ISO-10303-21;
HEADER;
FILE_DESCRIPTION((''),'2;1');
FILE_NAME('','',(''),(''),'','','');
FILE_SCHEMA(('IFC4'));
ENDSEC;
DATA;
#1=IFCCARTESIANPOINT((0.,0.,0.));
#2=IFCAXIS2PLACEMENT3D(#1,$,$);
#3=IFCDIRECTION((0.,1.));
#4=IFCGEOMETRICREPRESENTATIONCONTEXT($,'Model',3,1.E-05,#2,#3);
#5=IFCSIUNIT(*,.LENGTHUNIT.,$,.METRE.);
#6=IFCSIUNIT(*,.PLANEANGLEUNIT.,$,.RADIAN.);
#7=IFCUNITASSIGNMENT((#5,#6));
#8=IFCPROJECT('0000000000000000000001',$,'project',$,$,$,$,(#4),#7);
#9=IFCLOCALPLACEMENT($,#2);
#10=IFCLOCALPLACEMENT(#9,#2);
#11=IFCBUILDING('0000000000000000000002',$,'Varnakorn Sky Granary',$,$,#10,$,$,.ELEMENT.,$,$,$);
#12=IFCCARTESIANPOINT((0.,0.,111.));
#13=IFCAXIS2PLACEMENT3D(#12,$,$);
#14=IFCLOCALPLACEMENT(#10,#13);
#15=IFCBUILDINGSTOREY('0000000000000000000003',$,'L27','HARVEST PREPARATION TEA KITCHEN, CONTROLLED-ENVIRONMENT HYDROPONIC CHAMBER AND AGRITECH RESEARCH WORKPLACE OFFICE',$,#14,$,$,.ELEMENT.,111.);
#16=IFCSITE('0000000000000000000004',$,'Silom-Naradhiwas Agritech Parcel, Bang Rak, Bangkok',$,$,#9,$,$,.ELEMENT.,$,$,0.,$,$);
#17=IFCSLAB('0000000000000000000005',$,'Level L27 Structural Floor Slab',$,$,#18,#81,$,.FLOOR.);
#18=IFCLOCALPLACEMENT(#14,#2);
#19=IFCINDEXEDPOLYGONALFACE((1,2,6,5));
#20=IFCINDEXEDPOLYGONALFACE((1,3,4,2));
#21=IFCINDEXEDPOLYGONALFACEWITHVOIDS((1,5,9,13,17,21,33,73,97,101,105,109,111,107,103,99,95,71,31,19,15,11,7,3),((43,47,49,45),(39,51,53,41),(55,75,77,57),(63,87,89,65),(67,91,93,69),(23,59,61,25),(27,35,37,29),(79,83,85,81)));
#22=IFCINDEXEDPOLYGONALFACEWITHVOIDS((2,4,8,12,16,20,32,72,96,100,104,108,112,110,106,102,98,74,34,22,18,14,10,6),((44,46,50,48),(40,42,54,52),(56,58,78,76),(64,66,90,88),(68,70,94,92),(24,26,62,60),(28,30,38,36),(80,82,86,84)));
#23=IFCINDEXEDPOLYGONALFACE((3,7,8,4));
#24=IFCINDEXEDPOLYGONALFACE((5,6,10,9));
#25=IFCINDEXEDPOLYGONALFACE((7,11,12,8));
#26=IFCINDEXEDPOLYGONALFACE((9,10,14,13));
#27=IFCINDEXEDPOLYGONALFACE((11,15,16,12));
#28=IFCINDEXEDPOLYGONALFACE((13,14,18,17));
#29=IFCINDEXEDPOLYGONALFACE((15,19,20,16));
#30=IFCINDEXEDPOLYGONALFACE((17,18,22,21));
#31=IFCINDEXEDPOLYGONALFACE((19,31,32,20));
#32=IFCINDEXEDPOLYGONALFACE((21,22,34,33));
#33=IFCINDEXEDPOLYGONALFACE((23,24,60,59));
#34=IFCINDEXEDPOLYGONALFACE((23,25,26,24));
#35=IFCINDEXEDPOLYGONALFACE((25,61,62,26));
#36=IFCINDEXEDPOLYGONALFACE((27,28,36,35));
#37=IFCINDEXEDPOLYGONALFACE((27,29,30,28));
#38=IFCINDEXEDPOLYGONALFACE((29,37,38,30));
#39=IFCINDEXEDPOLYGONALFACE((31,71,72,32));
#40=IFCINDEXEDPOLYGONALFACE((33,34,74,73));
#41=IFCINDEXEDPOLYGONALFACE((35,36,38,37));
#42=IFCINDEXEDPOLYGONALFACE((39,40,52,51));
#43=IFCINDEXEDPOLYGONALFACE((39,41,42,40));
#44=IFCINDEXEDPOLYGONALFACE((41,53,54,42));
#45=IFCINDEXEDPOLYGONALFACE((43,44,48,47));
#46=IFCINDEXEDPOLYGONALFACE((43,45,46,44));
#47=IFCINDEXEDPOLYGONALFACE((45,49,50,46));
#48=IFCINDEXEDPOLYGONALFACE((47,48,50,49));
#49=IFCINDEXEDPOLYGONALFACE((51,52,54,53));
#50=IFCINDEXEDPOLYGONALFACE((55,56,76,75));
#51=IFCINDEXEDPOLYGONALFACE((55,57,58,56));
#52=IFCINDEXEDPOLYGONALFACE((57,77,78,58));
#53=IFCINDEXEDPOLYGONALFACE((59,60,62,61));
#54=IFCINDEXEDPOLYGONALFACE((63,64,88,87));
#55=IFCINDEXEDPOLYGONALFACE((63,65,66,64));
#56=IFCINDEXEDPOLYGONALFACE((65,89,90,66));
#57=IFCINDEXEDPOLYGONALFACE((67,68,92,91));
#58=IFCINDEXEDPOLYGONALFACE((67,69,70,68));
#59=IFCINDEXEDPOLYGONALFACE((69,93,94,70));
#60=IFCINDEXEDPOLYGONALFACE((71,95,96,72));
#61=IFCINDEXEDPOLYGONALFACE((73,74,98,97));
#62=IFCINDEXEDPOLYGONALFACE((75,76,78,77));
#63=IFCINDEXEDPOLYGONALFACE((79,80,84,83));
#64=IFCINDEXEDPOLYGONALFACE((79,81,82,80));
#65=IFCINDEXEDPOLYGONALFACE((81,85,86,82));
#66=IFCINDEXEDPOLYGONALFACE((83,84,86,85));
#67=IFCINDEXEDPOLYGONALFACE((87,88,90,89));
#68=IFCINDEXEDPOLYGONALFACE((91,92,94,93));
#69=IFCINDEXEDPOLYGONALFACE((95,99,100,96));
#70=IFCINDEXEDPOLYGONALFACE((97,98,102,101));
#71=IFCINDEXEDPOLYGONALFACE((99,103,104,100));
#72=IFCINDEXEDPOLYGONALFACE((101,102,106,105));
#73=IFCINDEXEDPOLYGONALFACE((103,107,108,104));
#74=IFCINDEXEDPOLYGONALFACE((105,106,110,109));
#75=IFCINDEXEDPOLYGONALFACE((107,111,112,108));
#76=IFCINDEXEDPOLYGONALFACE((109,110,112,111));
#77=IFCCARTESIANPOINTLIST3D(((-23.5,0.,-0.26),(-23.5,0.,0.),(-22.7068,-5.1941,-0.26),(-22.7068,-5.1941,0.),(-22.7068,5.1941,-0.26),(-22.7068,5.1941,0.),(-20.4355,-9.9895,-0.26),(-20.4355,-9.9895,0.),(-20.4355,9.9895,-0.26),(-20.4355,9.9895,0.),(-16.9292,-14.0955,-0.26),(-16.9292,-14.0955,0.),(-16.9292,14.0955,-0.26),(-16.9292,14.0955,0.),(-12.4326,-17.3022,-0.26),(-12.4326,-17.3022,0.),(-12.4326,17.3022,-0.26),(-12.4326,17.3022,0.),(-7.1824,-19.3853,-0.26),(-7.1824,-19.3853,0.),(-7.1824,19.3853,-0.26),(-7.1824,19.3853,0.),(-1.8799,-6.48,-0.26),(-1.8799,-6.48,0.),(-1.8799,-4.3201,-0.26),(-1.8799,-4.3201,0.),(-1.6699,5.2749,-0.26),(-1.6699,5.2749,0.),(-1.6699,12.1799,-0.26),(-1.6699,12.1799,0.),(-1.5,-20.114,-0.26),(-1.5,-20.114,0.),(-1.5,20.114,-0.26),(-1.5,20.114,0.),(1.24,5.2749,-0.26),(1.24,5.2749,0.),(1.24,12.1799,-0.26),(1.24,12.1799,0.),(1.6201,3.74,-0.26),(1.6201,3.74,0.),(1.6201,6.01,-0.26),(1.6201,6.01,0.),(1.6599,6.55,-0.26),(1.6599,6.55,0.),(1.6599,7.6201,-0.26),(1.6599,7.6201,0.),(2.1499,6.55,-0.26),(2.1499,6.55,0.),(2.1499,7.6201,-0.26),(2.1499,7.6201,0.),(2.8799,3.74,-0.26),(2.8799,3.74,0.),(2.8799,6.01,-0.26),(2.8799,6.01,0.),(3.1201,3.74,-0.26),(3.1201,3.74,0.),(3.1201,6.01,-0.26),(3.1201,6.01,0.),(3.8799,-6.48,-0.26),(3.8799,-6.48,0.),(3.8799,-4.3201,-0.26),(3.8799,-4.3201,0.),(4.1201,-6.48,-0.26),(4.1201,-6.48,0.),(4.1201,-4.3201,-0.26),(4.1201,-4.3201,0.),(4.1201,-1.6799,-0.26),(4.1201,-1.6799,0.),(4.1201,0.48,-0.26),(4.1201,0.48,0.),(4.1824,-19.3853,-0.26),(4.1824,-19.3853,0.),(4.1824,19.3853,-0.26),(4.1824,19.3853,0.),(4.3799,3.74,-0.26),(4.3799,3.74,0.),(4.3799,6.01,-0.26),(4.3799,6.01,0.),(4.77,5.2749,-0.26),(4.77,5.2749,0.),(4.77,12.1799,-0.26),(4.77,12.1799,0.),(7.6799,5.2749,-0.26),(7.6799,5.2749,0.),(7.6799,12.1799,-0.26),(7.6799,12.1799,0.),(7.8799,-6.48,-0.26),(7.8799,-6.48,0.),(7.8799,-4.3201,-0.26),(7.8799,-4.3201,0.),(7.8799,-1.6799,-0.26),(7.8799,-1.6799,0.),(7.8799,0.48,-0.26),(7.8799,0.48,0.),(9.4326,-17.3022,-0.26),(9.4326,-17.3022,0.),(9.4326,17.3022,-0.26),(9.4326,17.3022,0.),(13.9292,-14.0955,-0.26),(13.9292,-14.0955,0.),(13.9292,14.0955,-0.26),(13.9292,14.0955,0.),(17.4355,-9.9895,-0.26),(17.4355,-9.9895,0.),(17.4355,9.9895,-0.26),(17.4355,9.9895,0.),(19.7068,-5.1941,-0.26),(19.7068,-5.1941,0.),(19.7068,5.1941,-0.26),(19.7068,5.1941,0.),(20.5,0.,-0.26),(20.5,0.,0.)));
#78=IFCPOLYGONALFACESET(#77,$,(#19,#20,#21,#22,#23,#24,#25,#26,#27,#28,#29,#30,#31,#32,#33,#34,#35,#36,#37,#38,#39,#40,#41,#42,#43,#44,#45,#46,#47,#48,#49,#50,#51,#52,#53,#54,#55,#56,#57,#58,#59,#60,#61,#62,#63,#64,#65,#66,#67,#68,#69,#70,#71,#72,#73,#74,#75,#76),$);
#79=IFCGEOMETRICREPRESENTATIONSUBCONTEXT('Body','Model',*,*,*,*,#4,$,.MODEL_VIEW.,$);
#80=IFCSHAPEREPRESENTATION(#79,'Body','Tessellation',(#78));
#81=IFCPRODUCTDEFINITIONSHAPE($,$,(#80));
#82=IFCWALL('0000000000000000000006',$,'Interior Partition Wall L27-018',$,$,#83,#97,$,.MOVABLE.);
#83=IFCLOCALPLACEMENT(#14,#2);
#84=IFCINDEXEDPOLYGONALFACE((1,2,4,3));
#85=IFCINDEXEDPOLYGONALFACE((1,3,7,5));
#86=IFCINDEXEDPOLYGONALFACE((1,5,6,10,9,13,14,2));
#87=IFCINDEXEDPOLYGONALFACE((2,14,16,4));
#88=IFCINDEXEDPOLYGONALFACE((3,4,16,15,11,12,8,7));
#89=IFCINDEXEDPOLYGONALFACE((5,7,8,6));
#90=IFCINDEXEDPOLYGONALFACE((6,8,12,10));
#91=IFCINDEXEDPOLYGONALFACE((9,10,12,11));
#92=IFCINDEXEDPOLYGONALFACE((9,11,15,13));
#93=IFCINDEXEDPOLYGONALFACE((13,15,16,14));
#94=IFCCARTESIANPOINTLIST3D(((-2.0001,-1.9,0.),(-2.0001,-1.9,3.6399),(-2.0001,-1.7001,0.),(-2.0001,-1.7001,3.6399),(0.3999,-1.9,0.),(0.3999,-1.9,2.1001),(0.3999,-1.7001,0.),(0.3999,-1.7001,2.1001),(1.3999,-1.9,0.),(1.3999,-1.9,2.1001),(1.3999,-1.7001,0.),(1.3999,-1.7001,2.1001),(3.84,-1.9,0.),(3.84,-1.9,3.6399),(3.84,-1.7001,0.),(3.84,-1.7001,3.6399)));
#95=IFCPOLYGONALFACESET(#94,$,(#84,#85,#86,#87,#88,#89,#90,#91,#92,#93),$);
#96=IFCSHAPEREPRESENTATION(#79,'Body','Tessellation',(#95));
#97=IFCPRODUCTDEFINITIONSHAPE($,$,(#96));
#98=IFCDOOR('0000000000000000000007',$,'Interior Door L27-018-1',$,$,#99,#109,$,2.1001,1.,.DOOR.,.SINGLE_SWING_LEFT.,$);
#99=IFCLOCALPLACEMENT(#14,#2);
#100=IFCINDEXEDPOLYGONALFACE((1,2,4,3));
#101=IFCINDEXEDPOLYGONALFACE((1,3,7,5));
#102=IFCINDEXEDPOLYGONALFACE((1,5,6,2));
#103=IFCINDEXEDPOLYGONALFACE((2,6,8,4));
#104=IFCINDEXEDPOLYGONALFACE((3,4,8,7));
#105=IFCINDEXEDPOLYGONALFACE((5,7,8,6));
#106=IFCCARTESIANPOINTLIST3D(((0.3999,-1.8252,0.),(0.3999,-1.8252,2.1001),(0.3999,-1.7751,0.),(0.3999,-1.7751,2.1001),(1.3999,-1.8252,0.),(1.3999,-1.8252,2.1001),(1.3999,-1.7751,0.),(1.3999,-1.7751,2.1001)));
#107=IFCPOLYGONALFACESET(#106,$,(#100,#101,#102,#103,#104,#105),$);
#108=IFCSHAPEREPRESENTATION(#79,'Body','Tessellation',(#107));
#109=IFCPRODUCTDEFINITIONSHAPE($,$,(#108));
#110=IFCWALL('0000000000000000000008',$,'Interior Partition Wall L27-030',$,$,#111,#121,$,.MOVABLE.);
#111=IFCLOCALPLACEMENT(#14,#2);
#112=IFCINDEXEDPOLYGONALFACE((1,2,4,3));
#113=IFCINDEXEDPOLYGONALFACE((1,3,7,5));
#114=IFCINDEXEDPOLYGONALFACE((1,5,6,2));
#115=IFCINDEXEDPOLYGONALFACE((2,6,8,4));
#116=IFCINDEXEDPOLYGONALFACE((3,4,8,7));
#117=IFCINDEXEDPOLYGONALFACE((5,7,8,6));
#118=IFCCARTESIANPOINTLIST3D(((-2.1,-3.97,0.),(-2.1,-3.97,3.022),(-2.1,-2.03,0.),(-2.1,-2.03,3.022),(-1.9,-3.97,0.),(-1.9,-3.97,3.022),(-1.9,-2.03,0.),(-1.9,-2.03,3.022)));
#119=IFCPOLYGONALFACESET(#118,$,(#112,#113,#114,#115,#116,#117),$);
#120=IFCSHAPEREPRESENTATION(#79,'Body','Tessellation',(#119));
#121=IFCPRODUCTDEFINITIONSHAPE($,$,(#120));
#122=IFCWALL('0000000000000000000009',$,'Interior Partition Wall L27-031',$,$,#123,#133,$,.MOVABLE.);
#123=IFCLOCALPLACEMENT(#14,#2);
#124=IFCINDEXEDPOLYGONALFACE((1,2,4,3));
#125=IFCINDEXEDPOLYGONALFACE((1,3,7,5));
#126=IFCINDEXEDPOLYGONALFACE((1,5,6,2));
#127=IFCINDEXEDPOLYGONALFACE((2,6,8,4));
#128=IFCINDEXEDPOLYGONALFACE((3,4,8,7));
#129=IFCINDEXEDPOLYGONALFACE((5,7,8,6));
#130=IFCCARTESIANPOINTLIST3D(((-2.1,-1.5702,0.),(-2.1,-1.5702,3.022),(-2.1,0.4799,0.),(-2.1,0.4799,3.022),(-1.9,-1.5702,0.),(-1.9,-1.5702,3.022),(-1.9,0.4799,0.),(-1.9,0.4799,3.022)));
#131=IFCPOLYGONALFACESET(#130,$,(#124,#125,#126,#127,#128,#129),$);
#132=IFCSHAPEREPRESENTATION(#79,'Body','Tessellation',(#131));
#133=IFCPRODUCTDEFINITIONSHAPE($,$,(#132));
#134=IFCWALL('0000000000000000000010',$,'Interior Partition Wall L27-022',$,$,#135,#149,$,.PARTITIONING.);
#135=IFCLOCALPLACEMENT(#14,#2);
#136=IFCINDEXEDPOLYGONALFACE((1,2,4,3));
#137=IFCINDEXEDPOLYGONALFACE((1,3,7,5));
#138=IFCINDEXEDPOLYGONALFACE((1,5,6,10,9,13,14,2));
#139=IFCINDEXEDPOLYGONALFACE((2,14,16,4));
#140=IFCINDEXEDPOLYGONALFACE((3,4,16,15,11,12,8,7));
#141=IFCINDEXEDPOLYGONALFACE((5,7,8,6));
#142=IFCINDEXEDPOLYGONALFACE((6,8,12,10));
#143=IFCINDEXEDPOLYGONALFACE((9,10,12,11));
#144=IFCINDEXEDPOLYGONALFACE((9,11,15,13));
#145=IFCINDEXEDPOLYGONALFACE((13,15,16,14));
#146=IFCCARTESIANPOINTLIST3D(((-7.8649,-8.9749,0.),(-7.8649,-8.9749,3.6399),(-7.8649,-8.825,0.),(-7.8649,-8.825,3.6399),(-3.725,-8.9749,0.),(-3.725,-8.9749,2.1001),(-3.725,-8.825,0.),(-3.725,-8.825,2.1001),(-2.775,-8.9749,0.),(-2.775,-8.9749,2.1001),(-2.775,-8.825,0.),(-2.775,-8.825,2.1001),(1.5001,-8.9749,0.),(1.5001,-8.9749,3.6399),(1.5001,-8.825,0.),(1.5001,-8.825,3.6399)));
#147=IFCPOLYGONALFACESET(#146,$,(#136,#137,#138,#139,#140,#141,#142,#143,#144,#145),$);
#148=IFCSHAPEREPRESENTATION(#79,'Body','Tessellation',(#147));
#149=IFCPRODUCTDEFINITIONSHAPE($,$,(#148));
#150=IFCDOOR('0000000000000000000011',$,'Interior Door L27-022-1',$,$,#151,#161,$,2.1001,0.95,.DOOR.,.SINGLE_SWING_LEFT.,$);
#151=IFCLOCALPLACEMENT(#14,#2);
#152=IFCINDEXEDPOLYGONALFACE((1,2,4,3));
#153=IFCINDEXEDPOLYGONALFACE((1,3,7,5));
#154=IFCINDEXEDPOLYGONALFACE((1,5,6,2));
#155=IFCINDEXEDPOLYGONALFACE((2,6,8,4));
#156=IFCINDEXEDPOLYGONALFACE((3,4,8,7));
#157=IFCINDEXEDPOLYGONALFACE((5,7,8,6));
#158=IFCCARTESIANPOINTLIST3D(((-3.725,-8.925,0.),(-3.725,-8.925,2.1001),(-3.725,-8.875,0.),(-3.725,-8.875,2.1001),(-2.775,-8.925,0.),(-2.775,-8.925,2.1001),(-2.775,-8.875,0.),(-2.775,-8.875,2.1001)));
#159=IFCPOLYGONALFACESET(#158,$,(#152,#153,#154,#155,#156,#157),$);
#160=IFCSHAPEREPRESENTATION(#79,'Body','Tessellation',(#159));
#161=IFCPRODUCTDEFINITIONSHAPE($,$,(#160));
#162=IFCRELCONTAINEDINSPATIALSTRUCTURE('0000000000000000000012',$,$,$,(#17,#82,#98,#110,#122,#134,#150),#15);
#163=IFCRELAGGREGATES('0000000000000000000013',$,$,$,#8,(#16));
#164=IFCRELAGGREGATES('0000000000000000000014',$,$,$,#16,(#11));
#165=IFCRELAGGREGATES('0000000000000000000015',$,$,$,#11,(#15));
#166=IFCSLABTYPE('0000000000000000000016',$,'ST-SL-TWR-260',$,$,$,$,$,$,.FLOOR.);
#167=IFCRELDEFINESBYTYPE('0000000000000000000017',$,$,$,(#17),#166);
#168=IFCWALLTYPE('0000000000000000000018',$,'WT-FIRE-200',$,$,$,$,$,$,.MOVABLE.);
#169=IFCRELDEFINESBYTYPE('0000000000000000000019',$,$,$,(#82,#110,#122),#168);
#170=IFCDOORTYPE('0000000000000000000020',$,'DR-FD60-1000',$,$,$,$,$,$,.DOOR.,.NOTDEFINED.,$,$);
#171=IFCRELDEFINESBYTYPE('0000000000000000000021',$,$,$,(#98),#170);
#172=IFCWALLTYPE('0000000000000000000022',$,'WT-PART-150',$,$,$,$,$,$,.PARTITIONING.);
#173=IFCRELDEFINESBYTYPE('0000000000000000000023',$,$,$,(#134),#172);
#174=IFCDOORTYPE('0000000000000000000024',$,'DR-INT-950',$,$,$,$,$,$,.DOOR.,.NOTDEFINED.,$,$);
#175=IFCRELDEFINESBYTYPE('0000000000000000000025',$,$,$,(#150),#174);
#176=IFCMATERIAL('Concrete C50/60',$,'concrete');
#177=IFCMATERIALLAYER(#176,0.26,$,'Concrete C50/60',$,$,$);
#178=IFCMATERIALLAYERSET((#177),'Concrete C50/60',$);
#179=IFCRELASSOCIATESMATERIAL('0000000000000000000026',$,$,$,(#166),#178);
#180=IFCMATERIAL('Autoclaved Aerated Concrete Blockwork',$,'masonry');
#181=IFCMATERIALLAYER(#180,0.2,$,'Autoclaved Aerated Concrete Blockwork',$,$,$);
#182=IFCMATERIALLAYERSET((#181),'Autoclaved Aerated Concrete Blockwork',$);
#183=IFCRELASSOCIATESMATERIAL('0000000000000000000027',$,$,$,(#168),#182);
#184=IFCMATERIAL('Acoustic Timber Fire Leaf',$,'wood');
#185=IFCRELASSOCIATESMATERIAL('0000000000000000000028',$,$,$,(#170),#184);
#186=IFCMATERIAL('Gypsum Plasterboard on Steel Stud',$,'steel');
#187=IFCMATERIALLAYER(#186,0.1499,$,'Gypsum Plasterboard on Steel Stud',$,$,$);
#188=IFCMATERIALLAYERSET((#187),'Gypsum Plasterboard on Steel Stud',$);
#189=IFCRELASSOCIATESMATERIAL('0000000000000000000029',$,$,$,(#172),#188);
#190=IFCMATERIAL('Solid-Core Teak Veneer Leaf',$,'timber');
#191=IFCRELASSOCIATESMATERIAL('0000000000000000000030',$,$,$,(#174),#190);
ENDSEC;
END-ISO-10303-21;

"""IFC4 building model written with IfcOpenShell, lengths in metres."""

from ifc_helpers import new_model, si_unit, direction, frame, frame_2d, origin, place, context, subcontext, project, spatial, polyline, rectangle, outline, extrude, material, layer, layer_set, type_object, element, fill, save


model = new_model("IFC4")

# Units and contexts
model_context = context("Model", 3, precision=1e-05, world=origin(), true_north=direction((0.0, 1.0)))
body_context = subcontext(model_context, "Body", "Model", "MODEL_VIEW")
ifc_project = project(units=[si_unit("LENGTHUNIT", "METRE"), si_unit("PLANEANGLEUNIT", "RADIAN")], contexts=[model_context])

# Site, building, storey
site_placement = place(None, origin())
site = spatial("IfcSite", under=ifc_project, at=site_placement, Name="Silom-Naradhiwas Agritech Parcel, Bang Rak, Bangkok", CompositionType="ELEMENT", RefElevation=0.0)
building_placement = place(site_placement, origin())
building = spatial("IfcBuilding", under=site, at=building_placement, Name="Varnakorn Sky Granary", CompositionType="ELEMENT")
storey_placement = place(building_placement, frame((0.0, 0.0, 111.0)))
storey = spatial("IfcBuildingStorey", under=building, at=storey_placement, Name="L27", Description="HARVEST PREPARATION TEA KITCHEN, CONTROLLED-ENVIRONMENT HYDROPONIC CHAMBER AND AGRITECH RESEARCH WORKPLACE OFFICE", CompositionType="ELEMENT", Elevation=111.0)

# Slab
ifc_material_1 = material(Name="Concrete C50/60", Category="concrete")
ifc_layer_1 = layer(ifc_material_1, 0.26, Name="Concrete C50/60")
ifc_layer_set_1 = layer_set([ifc_layer_1], Name="Concrete C50/60")
slab_type_1 = type_object("IfcSlabType", Name="ST-SL-TWR-260", PredefinedType="FLOOR", material=ifc_layer_set_1)
slab_1_placement = place(storey_placement, frame((0.0, 0.0, -0.26)))
element("IfcSlab", 1, at=slab_1_placement, inside=storey, type_object=slab_type_1, Name="Level L27 Structural Floor Slab", PredefinedType="FLOOR", context=body_context, shape_type="SweptSolid", body=[
    extrude(outline(polyline([(20.5, 0.0), (19.7068, 5.1941), (17.4355, 9.9895), (13.9292, 14.0955), (9.4326, 17.3022), (4.1824, 19.3853), (-1.5, 20.114), (-7.1824, 19.3853), (-12.4326, 17.3022), (-16.9292, 14.0955), (-20.4355, 9.9895), (-22.7068, 5.1941), (-23.5, 0.0), (-22.7068, -5.1941), (-20.4355, -9.9895), (-16.9292, -14.0955), (-12.4326, -17.3022), (-7.1824, -19.3853), (-1.5, -20.114), (4.1824, -19.3853), (9.4326, -17.3022), (13.9292, -14.0955), (17.4355, -9.9895), (19.7068, -5.1941), (20.5, 0.0)]), holes=[polyline([(1.24, 5.2749), (1.24, 12.1799), (-1.6699, 12.1799), (-1.6699, 5.2749), (1.24, 5.2749)]), polyline([(7.6799, 5.2749), (7.6799, 12.1799), (4.77, 12.1799), (4.77, 5.2749), (7.6799, 5.2749)]), polyline([(1.6599, 6.55), (2.1499, 6.55), (2.1499, 7.6201), (1.6599, 7.6201), (1.6599, 6.55)]), polyline([(1.6201, 3.74), (2.8799, 3.74), (2.8799, 6.01), (1.6201, 6.01), (1.6201, 3.74)]), polyline([(3.1201, 3.74), (4.3799, 3.74), (4.3799, 6.01), (3.1201, 6.01), (3.1201, 3.74)]), polyline([(4.1201, -1.6799), (7.8799, -1.6799), (7.8799, 0.48), (4.1201, 0.48), (4.1201, -1.6799)]), polyline([(-1.8799, -6.48), (3.8799, -6.48), (3.8799, -4.3201), (-1.8799, -4.3201), (-1.8799, -6.48)]), polyline([(4.1201, -6.48), (7.8799, -6.48), (7.8799, -4.3201), (4.1201, -4.3201), (4.1201, -6.48)])]), origin(), (0.0, 0.0, 1.0), 0.26),
])

# Wall, opening, door
ifc_material_2 = material(Name="Autoclaved Aerated Concrete Blockwork", Category="masonry")
ifc_layer_2 = layer(ifc_material_2, 0.2, Name="Autoclaved Aerated Concrete Blockwork")
ifc_layer_set_2 = layer_set([ifc_layer_2], Name="Autoclaved Aerated Concrete Blockwork")
wall_type_1 = type_object("IfcWallType", Name="WT-FIRE-200", PredefinedType="MOVABLE", material=ifc_layer_set_2)
wall_1_placement = place(storey_placement, frame((-2.0, -1.8, 0.0), z_axis=(0.0, 0.0, 1.0), x_axis=(1.0, 0.0, 0.0)))
wall_1 = element("IfcWall", 2, at=wall_1_placement, inside=storey, type_object=wall_type_1, Name="Interior Partition Wall L27-018", PredefinedType="MOVABLE", context=body_context, shape_type="SweptSolid", body=[
    extrude(rectangle(XDim=5.8401, YDim=0.2, at=frame_2d((2.9199, 0.0))), origin(), (0.0, 0.0, 1.0), 3.6399),
])
opening_1_placement = place(wall_1_placement, frame((2.3999, 0.0, 0.0)))
opening_1 = element("IfcOpeningElement", 3, at=opening_1_placement, cuts=wall_1, PredefinedType="OPENING", context=body_context, shape_type="SweptSolid", body=[
    extrude(rectangle(XDim=1.0, YDim=2.1001, at=frame_2d((0.5, 1.05))), frame((0.0, 0.1099, 0.0), z_axis=(0.0, -1.0, 0.0), x_axis=(1.0, 0.0, 0.0)), (0.0, 0.0, 1.0), 0.22),
])
ifc_material_3 = material(Name="Acoustic Timber Fire Leaf", Category="wood")
door_type_1 = type_object("IfcDoorType", Name="DR-FD60-1000", OperationType="NOTDEFINED", PredefinedType="DOOR", material=ifc_material_3)
door_1_placement = place(opening_1_placement, origin())
door_1 = element("IfcDoor", 4, at=door_1_placement, inside=storey, type_object=door_type_1, Name="Interior Door L27-018-1", OperationType="SINGLE_SWING_LEFT", OverallHeight=2.1001, OverallWidth=1.0, PredefinedType="DOOR", context=body_context, shape_type="SweptSolid", body=[
    extrude(rectangle(XDim=1.0, YDim=2.1001, at=frame_2d((0.5, 1.05))), frame((0.0, 0.0249, 0.0), z_axis=(0.0, -1.0, 0.0), x_axis=(1.0, 0.0, 0.0)), (0.0, 0.0, 1.0), 0.05),
])
fill(opening_1, door_1)

# Walls
wall_2_placement = place(storey_placement, frame((-2.0, -3.97, 0.0), z_axis=(0.0, 0.0, 1.0), x_axis=(0.0, 1.0, 0.0)))
element("IfcWall", 5, at=wall_2_placement, inside=storey, type_object=wall_type_1, Name="Interior Partition Wall L27-030", PredefinedType="MOVABLE", context=body_context, shape_type="SweptSolid", body=[
    extrude(rectangle(XDim=1.9399, YDim=0.2, at=frame_2d((0.97, 0.0))), origin(), (0.0, 0.0, 1.0), 3.022),
])
wall_3_placement = place(storey_placement, frame((-2.0, -1.5701, 0.0), z_axis=(0.0, 0.0, 1.0), x_axis=(0.0, 1.0, 0.0)))
element("IfcWall", 6, at=wall_3_placement, inside=storey, type_object=wall_type_1, Name="Interior Partition Wall L27-031", PredefinedType="MOVABLE", context=body_context, shape_type="SweptSolid", body=[
    extrude(rectangle(XDim=2.05, YDim=0.2, at=frame_2d((1.0249, 0.0))), origin(), (0.0, 0.0, 1.0), 3.022),
])

# Wall, opening, door
ifc_material_4 = material(Name="Gypsum Plasterboard on Steel Stud", Category="steel")
ifc_layer_3 = layer(ifc_material_4, 0.1499, Name="Gypsum Plasterboard on Steel Stud")
ifc_layer_set_3 = layer_set([ifc_layer_3], Name="Gypsum Plasterboard on Steel Stud")
wall_type_2 = type_object("IfcWallType", Name="WT-PART-150", PredefinedType="PARTITIONING", material=ifc_layer_set_3)
wall_4_placement = place(storey_placement, frame((-7.865, -8.8999, 0.0), z_axis=(0.0, 0.0, 1.0), x_axis=(1.0, 0.0, 0.0)))
wall_4 = element("IfcWall", 7, at=wall_4_placement, inside=storey, type_object=wall_type_2, Name="Interior Partition Wall L27-022", PredefinedType="PARTITIONING", context=body_context, shape_type="SweptSolid", body=[
    extrude(rectangle(XDim=9.365, YDim=0.1499, at=frame_2d((4.6826, 0.0))), origin(), (0.0, 0.0, 1.0), 3.6399),
])
opening_2_placement = place(wall_4_placement, frame((4.1399, 0.0, 0.0)))
opening_2 = element("IfcOpeningElement", 8, at=opening_2_placement, cuts=wall_4, PredefinedType="OPENING", context=body_context, shape_type="SweptSolid", body=[
    extrude(rectangle(XDim=0.95, YDim=2.1001, at=frame_2d((0.4751, 1.05))), frame((0.0, 0.085, 0.0), z_axis=(0.0, -1.0, 0.0), x_axis=(1.0, 0.0, 0.0)), (0.0, 0.0, 1.0), 0.1699),
])
ifc_material_5 = material(Name="Solid-Core Teak Veneer Leaf", Category="timber")
door_type_2 = type_object("IfcDoorType", Name="DR-INT-950", OperationType="NOTDEFINED", PredefinedType="DOOR", material=ifc_material_5)
door_2_placement = place(opening_2_placement, origin())
door_2 = element("IfcDoor", 9, at=door_2_placement, inside=storey, type_object=door_type_2, Name="Interior Door L27-022-1", OperationType="SINGLE_SWING_LEFT", OverallHeight=2.1001, OverallWidth=0.95, PredefinedType="DOOR", context=body_context, shape_type="SweptSolid", body=[
    extrude(rectangle(XDim=0.95, YDim=2.1001, at=frame_2d((0.4751, 1.05))), frame((0.0, 0.0249, 0.0), z_axis=(0.0, -1.0, 0.0), x_axis=(1.0, 0.0, 0.0)), (0.0, 0.0, 1.0), 0.05),
])
fill(opening_2, door_2)

save(model, "model.ifc")
